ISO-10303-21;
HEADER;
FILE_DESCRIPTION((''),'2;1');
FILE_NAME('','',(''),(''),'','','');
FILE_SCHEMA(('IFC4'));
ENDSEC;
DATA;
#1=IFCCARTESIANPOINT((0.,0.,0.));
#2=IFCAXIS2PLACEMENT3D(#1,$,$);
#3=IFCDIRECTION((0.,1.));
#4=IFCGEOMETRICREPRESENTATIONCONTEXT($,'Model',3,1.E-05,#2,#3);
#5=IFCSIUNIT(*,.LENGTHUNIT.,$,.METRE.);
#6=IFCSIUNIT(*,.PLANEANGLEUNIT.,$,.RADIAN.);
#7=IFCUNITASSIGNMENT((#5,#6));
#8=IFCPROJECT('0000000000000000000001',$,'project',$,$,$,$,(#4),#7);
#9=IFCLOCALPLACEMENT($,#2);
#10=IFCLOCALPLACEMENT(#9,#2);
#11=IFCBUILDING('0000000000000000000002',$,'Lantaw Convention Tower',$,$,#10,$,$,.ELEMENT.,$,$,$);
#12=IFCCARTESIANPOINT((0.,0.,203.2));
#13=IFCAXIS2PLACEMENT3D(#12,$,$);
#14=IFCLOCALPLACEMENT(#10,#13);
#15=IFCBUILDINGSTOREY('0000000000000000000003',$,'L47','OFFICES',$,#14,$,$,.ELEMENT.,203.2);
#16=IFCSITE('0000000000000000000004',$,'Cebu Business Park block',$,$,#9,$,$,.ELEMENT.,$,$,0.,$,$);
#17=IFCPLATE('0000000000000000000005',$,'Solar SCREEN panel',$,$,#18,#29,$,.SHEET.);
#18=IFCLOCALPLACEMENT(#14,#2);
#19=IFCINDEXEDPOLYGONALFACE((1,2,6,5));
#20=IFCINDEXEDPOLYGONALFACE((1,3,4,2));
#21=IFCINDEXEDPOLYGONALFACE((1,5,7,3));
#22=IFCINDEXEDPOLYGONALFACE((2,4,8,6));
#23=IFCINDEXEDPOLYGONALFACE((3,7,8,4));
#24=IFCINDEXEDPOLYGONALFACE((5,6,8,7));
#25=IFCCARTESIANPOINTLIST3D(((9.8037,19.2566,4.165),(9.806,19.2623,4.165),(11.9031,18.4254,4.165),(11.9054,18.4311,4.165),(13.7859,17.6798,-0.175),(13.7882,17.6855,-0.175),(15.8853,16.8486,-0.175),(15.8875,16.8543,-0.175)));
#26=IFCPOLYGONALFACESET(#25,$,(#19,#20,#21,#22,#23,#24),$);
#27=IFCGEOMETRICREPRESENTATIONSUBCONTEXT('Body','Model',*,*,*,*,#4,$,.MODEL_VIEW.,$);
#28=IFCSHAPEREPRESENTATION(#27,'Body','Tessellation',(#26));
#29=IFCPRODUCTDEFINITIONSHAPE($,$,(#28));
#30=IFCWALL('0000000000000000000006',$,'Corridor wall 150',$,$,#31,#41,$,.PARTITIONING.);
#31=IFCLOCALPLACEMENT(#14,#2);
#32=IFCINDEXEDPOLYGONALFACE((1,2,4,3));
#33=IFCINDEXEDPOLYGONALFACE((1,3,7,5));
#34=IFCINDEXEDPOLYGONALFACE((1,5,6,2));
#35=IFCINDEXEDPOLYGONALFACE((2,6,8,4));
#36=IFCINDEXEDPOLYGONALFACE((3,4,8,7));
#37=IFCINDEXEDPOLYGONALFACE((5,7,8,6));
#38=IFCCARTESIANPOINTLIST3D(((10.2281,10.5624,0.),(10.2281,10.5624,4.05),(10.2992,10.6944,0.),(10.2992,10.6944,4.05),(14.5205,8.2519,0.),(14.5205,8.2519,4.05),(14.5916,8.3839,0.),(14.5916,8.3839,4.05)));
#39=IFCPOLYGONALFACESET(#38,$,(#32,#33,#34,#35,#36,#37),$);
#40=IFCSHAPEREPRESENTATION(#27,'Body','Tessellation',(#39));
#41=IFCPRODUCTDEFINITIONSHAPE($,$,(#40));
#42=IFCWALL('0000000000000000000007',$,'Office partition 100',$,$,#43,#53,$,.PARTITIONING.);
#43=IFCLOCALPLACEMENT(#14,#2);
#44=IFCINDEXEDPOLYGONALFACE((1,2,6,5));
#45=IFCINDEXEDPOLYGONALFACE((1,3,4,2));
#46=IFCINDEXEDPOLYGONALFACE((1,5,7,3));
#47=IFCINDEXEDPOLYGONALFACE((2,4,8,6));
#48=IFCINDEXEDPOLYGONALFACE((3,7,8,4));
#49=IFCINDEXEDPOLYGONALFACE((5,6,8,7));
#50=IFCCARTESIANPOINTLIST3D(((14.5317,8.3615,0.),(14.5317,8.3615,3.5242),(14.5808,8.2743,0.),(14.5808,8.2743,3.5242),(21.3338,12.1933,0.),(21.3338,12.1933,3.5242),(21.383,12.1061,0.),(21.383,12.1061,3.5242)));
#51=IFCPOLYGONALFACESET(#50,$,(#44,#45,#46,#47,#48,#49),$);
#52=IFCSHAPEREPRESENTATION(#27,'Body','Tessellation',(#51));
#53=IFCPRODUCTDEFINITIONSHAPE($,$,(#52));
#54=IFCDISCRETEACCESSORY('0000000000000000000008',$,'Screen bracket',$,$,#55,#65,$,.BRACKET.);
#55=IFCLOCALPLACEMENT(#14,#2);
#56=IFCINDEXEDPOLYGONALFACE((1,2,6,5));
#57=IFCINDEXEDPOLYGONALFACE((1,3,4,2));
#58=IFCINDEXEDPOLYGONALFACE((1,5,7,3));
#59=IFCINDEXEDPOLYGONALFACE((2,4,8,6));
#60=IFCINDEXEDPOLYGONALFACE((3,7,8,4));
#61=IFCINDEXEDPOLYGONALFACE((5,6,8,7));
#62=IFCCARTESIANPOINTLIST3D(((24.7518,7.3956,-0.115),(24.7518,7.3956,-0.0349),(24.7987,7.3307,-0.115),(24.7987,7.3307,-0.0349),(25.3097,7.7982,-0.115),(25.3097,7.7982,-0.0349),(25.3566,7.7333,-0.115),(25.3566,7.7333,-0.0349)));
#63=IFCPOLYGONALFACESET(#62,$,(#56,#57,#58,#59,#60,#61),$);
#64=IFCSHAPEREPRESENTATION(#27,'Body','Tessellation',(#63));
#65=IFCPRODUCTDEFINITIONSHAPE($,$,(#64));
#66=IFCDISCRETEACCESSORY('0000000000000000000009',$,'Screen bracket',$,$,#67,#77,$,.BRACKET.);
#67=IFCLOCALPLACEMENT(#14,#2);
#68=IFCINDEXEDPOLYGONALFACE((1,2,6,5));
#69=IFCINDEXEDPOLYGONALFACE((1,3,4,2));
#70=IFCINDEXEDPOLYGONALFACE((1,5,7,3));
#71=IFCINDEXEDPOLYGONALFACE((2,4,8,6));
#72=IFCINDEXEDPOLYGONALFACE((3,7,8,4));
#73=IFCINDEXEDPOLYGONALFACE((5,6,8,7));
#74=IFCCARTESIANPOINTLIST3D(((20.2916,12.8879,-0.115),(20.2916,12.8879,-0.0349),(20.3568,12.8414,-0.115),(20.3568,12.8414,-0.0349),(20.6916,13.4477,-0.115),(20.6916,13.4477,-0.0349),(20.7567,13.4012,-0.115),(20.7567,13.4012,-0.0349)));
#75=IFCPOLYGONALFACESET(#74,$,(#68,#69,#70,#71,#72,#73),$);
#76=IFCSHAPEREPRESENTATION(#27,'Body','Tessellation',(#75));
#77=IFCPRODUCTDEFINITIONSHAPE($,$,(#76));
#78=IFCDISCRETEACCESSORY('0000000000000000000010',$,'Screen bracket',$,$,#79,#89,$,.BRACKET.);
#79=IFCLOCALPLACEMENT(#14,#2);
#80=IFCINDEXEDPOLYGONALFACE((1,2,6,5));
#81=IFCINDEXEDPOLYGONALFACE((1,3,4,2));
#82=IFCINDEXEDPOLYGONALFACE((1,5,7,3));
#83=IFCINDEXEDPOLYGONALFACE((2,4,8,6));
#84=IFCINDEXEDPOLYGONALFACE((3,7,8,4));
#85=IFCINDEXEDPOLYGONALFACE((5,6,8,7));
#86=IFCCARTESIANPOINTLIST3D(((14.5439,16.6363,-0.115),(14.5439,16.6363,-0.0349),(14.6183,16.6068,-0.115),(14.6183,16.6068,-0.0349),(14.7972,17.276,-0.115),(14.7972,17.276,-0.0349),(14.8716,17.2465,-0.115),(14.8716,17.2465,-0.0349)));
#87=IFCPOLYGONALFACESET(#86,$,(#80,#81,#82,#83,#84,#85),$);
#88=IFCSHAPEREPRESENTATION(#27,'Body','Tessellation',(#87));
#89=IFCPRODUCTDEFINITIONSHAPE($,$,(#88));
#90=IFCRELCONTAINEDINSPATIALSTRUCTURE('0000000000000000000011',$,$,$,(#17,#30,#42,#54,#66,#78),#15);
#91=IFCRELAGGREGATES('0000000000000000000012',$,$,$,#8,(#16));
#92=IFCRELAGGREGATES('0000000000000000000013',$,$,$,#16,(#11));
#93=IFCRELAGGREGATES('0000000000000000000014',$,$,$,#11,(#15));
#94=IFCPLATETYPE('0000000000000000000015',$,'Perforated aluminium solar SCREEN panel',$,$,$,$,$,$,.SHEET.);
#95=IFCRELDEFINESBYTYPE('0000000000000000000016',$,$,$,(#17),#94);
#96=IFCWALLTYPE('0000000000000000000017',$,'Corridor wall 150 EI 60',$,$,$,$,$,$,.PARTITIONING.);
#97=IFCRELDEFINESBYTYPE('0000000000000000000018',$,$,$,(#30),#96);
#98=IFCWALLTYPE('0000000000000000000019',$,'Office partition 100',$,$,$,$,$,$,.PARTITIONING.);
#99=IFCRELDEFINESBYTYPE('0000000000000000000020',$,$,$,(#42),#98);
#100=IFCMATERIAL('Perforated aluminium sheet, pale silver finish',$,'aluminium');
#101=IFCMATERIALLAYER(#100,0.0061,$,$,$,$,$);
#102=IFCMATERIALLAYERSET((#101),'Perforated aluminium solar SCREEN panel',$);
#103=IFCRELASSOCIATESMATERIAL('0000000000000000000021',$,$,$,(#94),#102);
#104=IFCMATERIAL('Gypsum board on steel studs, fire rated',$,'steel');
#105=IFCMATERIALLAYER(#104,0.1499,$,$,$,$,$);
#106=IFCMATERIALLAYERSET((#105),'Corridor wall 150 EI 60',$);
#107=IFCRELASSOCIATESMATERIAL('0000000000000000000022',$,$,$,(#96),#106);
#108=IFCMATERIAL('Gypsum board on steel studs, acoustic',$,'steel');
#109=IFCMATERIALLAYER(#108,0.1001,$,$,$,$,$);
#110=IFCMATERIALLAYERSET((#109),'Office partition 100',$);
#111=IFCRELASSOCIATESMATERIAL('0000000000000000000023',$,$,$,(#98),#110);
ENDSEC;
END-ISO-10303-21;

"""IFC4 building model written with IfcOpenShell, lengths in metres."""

from ifc_helpers import new_model, si_unit, direction, frame, frame_2d, origin, origin_2d, place, context, subcontext, project, spatial, polyline, rectangle, outline, extrude, material, layer, layer_set, type_object, element, save


model = new_model("IFC4")

# Units and contexts
model_context = context("Model", 3, precision=1e-05, world=origin(), true_north=direction((0.0, 1.0)))
body_context = subcontext(model_context, "Body", "Model", "MODEL_VIEW")
ifc_project = project(units=[si_unit("LENGTHUNIT", "METRE"), si_unit("PLANEANGLEUNIT", "RADIAN")], contexts=[model_context])

# Site, building, storey
site_placement = place(None, origin())
site = spatial("IfcSite", under=ifc_project, at=site_placement, Name="Cebu Business Park block", CompositionType="ELEMENT", RefElevation=0.0)
building_placement = place(site_placement, origin())
building = spatial("IfcBuilding", under=site, at=building_placement, Name="Lantaw Convention Tower", CompositionType="ELEMENT")
storey_placement = place(building_placement, frame((0.0, 0.0, 203.2)))
storey = spatial("IfcBuildingStorey", under=building, at=storey_placement, Name="L47", Description="OFFICES", CompositionType="ELEMENT", Elevation=203.2)

# Plate
ifc_material_1 = material(Name="Perforated aluminium sheet, pale silver finish", Category="aluminium")
ifc_layer_1 = layer(ifc_material_1, 0.0061)
ifc_layer_set_1 = layer_set([ifc_layer_1], Name="Perforated aluminium solar SCREEN panel")
plate_type_1 = type_object("IfcPlateType", Name="Perforated aluminium solar SCREEN panel", PredefinedType="SHEET", material=ifc_layer_set_1)
plate_1_placement = place(storey_placement, frame((15.8853, 16.8486, -0.175), z_axis=(-0.368117, -0.92978, 0.000036), x_axis=(-0.92978, 0.368117, 0.0)))
element("IfcPlate", 1, at=plate_1_placement, inside=storey, type_object=plate_type_1, Name="Solar SCREEN panel", PredefinedType="SHEET", context=body_context, shape_type="SweptSolid", body=[
    extrude(outline(polyline([(0.0, 0.0), (2.2579, 0.0), (6.5409, -4.3401), (4.2829, -4.3401), (0.0, 0.0)])), origin(), (0.0, 0.0, -1.0), 0.0061),
])

# Walls
ifc_material_2 = material(Name="Gypsum board on steel studs, fire rated", Category="steel")
ifc_layer_2 = layer(ifc_material_2, 0.1499)
ifc_layer_set_2 = layer_set([ifc_layer_2], Name="Corridor wall 150 EI 60")
wall_type_1 = type_object("IfcWallType", Name="Corridor wall 150 EI 60", PredefinedType="PARTITIONING", material=ifc_layer_set_2)
wall_1_placement = place(storey_placement, frame((14.5562, 8.3179, 0.0), z_axis=(0.0, 0.0, 1.0), x_axis=(-0.880539, 0.473974, 0.0)))
element("IfcWall", 2, at=wall_1_placement, inside=storey, type_object=wall_type_1, Name="Corridor wall 150", PredefinedType="PARTITIONING", context=body_context, shape_type="SweptSolid", body=[
    extrude(rectangle(XDim=4.8748, YDim=0.1499, at=frame_2d((2.4375, 0.0))), origin(), (0.0, 0.0, 1.0), 4.05),
])
ifc_material_3 = material(Name="Gypsum board on steel studs, acoustic", Category="steel")
ifc_layer_3 = layer(ifc_material_3, 0.1001)
ifc_layer_set_3 = layer_set([ifc_layer_3], Name="Office partition 100")
wall_type_2 = type_object("IfcWallType", Name="Office partition 100", PredefinedType="PARTITIONING", material=ifc_layer_set_3)
wall_2_placement = place(storey_placement, frame((21.3584, 12.1497, 0.0), z_axis=(0.0, 0.0, 1.0), x_axis=(-0.871273, -0.490799, 0.0)))
element("IfcWall", 3, at=wall_2_placement, inside=storey, type_object=wall_type_2, Name="Office partition 100", PredefinedType="PARTITIONING", context=body_context, shape_type="SweptSolid", body=[
    extrude(rectangle(XDim=7.8071, YDim=0.1001, at=frame_2d((3.9036, 0.0))), origin(), (0.0, 0.0, 1.0), 3.5242),
])

# Discrete accessories
for number, where, z_axis, x_axis, name in (
    (4, (25.0542, 7.5645, -0.115), (0.0, 0.0, 1.0), (-0.585158, 0.81092, 0.0), "Screen bracket"),
    (5, (20.5242, 13.1445, -0.115), (0.0, 0.0, 1.0), (-0.813673, 0.581323, 0.0), "Screen bracket"),
    (6, (14.7078, 16.9414, -0.115), (0.0, 0.0, 1.0), (-0.929762, 0.368162, 0.0), "Screen bracket"),
):
    element("IfcDiscreteAccessory", number, at=place(storey_placement, frame(where, z_axis=z_axis, x_axis=x_axis)), inside=storey, Name=name, PredefinedType="BRACKET", context=body_context, shape_type="SweptSolid", body=[
        extrude(rectangle(XDim=0.0801, YDim=0.688, at=origin_2d()), origin(), (0.0, 0.0, 1.0), 0.0801),
    ])

save(model, "model.ifc")
